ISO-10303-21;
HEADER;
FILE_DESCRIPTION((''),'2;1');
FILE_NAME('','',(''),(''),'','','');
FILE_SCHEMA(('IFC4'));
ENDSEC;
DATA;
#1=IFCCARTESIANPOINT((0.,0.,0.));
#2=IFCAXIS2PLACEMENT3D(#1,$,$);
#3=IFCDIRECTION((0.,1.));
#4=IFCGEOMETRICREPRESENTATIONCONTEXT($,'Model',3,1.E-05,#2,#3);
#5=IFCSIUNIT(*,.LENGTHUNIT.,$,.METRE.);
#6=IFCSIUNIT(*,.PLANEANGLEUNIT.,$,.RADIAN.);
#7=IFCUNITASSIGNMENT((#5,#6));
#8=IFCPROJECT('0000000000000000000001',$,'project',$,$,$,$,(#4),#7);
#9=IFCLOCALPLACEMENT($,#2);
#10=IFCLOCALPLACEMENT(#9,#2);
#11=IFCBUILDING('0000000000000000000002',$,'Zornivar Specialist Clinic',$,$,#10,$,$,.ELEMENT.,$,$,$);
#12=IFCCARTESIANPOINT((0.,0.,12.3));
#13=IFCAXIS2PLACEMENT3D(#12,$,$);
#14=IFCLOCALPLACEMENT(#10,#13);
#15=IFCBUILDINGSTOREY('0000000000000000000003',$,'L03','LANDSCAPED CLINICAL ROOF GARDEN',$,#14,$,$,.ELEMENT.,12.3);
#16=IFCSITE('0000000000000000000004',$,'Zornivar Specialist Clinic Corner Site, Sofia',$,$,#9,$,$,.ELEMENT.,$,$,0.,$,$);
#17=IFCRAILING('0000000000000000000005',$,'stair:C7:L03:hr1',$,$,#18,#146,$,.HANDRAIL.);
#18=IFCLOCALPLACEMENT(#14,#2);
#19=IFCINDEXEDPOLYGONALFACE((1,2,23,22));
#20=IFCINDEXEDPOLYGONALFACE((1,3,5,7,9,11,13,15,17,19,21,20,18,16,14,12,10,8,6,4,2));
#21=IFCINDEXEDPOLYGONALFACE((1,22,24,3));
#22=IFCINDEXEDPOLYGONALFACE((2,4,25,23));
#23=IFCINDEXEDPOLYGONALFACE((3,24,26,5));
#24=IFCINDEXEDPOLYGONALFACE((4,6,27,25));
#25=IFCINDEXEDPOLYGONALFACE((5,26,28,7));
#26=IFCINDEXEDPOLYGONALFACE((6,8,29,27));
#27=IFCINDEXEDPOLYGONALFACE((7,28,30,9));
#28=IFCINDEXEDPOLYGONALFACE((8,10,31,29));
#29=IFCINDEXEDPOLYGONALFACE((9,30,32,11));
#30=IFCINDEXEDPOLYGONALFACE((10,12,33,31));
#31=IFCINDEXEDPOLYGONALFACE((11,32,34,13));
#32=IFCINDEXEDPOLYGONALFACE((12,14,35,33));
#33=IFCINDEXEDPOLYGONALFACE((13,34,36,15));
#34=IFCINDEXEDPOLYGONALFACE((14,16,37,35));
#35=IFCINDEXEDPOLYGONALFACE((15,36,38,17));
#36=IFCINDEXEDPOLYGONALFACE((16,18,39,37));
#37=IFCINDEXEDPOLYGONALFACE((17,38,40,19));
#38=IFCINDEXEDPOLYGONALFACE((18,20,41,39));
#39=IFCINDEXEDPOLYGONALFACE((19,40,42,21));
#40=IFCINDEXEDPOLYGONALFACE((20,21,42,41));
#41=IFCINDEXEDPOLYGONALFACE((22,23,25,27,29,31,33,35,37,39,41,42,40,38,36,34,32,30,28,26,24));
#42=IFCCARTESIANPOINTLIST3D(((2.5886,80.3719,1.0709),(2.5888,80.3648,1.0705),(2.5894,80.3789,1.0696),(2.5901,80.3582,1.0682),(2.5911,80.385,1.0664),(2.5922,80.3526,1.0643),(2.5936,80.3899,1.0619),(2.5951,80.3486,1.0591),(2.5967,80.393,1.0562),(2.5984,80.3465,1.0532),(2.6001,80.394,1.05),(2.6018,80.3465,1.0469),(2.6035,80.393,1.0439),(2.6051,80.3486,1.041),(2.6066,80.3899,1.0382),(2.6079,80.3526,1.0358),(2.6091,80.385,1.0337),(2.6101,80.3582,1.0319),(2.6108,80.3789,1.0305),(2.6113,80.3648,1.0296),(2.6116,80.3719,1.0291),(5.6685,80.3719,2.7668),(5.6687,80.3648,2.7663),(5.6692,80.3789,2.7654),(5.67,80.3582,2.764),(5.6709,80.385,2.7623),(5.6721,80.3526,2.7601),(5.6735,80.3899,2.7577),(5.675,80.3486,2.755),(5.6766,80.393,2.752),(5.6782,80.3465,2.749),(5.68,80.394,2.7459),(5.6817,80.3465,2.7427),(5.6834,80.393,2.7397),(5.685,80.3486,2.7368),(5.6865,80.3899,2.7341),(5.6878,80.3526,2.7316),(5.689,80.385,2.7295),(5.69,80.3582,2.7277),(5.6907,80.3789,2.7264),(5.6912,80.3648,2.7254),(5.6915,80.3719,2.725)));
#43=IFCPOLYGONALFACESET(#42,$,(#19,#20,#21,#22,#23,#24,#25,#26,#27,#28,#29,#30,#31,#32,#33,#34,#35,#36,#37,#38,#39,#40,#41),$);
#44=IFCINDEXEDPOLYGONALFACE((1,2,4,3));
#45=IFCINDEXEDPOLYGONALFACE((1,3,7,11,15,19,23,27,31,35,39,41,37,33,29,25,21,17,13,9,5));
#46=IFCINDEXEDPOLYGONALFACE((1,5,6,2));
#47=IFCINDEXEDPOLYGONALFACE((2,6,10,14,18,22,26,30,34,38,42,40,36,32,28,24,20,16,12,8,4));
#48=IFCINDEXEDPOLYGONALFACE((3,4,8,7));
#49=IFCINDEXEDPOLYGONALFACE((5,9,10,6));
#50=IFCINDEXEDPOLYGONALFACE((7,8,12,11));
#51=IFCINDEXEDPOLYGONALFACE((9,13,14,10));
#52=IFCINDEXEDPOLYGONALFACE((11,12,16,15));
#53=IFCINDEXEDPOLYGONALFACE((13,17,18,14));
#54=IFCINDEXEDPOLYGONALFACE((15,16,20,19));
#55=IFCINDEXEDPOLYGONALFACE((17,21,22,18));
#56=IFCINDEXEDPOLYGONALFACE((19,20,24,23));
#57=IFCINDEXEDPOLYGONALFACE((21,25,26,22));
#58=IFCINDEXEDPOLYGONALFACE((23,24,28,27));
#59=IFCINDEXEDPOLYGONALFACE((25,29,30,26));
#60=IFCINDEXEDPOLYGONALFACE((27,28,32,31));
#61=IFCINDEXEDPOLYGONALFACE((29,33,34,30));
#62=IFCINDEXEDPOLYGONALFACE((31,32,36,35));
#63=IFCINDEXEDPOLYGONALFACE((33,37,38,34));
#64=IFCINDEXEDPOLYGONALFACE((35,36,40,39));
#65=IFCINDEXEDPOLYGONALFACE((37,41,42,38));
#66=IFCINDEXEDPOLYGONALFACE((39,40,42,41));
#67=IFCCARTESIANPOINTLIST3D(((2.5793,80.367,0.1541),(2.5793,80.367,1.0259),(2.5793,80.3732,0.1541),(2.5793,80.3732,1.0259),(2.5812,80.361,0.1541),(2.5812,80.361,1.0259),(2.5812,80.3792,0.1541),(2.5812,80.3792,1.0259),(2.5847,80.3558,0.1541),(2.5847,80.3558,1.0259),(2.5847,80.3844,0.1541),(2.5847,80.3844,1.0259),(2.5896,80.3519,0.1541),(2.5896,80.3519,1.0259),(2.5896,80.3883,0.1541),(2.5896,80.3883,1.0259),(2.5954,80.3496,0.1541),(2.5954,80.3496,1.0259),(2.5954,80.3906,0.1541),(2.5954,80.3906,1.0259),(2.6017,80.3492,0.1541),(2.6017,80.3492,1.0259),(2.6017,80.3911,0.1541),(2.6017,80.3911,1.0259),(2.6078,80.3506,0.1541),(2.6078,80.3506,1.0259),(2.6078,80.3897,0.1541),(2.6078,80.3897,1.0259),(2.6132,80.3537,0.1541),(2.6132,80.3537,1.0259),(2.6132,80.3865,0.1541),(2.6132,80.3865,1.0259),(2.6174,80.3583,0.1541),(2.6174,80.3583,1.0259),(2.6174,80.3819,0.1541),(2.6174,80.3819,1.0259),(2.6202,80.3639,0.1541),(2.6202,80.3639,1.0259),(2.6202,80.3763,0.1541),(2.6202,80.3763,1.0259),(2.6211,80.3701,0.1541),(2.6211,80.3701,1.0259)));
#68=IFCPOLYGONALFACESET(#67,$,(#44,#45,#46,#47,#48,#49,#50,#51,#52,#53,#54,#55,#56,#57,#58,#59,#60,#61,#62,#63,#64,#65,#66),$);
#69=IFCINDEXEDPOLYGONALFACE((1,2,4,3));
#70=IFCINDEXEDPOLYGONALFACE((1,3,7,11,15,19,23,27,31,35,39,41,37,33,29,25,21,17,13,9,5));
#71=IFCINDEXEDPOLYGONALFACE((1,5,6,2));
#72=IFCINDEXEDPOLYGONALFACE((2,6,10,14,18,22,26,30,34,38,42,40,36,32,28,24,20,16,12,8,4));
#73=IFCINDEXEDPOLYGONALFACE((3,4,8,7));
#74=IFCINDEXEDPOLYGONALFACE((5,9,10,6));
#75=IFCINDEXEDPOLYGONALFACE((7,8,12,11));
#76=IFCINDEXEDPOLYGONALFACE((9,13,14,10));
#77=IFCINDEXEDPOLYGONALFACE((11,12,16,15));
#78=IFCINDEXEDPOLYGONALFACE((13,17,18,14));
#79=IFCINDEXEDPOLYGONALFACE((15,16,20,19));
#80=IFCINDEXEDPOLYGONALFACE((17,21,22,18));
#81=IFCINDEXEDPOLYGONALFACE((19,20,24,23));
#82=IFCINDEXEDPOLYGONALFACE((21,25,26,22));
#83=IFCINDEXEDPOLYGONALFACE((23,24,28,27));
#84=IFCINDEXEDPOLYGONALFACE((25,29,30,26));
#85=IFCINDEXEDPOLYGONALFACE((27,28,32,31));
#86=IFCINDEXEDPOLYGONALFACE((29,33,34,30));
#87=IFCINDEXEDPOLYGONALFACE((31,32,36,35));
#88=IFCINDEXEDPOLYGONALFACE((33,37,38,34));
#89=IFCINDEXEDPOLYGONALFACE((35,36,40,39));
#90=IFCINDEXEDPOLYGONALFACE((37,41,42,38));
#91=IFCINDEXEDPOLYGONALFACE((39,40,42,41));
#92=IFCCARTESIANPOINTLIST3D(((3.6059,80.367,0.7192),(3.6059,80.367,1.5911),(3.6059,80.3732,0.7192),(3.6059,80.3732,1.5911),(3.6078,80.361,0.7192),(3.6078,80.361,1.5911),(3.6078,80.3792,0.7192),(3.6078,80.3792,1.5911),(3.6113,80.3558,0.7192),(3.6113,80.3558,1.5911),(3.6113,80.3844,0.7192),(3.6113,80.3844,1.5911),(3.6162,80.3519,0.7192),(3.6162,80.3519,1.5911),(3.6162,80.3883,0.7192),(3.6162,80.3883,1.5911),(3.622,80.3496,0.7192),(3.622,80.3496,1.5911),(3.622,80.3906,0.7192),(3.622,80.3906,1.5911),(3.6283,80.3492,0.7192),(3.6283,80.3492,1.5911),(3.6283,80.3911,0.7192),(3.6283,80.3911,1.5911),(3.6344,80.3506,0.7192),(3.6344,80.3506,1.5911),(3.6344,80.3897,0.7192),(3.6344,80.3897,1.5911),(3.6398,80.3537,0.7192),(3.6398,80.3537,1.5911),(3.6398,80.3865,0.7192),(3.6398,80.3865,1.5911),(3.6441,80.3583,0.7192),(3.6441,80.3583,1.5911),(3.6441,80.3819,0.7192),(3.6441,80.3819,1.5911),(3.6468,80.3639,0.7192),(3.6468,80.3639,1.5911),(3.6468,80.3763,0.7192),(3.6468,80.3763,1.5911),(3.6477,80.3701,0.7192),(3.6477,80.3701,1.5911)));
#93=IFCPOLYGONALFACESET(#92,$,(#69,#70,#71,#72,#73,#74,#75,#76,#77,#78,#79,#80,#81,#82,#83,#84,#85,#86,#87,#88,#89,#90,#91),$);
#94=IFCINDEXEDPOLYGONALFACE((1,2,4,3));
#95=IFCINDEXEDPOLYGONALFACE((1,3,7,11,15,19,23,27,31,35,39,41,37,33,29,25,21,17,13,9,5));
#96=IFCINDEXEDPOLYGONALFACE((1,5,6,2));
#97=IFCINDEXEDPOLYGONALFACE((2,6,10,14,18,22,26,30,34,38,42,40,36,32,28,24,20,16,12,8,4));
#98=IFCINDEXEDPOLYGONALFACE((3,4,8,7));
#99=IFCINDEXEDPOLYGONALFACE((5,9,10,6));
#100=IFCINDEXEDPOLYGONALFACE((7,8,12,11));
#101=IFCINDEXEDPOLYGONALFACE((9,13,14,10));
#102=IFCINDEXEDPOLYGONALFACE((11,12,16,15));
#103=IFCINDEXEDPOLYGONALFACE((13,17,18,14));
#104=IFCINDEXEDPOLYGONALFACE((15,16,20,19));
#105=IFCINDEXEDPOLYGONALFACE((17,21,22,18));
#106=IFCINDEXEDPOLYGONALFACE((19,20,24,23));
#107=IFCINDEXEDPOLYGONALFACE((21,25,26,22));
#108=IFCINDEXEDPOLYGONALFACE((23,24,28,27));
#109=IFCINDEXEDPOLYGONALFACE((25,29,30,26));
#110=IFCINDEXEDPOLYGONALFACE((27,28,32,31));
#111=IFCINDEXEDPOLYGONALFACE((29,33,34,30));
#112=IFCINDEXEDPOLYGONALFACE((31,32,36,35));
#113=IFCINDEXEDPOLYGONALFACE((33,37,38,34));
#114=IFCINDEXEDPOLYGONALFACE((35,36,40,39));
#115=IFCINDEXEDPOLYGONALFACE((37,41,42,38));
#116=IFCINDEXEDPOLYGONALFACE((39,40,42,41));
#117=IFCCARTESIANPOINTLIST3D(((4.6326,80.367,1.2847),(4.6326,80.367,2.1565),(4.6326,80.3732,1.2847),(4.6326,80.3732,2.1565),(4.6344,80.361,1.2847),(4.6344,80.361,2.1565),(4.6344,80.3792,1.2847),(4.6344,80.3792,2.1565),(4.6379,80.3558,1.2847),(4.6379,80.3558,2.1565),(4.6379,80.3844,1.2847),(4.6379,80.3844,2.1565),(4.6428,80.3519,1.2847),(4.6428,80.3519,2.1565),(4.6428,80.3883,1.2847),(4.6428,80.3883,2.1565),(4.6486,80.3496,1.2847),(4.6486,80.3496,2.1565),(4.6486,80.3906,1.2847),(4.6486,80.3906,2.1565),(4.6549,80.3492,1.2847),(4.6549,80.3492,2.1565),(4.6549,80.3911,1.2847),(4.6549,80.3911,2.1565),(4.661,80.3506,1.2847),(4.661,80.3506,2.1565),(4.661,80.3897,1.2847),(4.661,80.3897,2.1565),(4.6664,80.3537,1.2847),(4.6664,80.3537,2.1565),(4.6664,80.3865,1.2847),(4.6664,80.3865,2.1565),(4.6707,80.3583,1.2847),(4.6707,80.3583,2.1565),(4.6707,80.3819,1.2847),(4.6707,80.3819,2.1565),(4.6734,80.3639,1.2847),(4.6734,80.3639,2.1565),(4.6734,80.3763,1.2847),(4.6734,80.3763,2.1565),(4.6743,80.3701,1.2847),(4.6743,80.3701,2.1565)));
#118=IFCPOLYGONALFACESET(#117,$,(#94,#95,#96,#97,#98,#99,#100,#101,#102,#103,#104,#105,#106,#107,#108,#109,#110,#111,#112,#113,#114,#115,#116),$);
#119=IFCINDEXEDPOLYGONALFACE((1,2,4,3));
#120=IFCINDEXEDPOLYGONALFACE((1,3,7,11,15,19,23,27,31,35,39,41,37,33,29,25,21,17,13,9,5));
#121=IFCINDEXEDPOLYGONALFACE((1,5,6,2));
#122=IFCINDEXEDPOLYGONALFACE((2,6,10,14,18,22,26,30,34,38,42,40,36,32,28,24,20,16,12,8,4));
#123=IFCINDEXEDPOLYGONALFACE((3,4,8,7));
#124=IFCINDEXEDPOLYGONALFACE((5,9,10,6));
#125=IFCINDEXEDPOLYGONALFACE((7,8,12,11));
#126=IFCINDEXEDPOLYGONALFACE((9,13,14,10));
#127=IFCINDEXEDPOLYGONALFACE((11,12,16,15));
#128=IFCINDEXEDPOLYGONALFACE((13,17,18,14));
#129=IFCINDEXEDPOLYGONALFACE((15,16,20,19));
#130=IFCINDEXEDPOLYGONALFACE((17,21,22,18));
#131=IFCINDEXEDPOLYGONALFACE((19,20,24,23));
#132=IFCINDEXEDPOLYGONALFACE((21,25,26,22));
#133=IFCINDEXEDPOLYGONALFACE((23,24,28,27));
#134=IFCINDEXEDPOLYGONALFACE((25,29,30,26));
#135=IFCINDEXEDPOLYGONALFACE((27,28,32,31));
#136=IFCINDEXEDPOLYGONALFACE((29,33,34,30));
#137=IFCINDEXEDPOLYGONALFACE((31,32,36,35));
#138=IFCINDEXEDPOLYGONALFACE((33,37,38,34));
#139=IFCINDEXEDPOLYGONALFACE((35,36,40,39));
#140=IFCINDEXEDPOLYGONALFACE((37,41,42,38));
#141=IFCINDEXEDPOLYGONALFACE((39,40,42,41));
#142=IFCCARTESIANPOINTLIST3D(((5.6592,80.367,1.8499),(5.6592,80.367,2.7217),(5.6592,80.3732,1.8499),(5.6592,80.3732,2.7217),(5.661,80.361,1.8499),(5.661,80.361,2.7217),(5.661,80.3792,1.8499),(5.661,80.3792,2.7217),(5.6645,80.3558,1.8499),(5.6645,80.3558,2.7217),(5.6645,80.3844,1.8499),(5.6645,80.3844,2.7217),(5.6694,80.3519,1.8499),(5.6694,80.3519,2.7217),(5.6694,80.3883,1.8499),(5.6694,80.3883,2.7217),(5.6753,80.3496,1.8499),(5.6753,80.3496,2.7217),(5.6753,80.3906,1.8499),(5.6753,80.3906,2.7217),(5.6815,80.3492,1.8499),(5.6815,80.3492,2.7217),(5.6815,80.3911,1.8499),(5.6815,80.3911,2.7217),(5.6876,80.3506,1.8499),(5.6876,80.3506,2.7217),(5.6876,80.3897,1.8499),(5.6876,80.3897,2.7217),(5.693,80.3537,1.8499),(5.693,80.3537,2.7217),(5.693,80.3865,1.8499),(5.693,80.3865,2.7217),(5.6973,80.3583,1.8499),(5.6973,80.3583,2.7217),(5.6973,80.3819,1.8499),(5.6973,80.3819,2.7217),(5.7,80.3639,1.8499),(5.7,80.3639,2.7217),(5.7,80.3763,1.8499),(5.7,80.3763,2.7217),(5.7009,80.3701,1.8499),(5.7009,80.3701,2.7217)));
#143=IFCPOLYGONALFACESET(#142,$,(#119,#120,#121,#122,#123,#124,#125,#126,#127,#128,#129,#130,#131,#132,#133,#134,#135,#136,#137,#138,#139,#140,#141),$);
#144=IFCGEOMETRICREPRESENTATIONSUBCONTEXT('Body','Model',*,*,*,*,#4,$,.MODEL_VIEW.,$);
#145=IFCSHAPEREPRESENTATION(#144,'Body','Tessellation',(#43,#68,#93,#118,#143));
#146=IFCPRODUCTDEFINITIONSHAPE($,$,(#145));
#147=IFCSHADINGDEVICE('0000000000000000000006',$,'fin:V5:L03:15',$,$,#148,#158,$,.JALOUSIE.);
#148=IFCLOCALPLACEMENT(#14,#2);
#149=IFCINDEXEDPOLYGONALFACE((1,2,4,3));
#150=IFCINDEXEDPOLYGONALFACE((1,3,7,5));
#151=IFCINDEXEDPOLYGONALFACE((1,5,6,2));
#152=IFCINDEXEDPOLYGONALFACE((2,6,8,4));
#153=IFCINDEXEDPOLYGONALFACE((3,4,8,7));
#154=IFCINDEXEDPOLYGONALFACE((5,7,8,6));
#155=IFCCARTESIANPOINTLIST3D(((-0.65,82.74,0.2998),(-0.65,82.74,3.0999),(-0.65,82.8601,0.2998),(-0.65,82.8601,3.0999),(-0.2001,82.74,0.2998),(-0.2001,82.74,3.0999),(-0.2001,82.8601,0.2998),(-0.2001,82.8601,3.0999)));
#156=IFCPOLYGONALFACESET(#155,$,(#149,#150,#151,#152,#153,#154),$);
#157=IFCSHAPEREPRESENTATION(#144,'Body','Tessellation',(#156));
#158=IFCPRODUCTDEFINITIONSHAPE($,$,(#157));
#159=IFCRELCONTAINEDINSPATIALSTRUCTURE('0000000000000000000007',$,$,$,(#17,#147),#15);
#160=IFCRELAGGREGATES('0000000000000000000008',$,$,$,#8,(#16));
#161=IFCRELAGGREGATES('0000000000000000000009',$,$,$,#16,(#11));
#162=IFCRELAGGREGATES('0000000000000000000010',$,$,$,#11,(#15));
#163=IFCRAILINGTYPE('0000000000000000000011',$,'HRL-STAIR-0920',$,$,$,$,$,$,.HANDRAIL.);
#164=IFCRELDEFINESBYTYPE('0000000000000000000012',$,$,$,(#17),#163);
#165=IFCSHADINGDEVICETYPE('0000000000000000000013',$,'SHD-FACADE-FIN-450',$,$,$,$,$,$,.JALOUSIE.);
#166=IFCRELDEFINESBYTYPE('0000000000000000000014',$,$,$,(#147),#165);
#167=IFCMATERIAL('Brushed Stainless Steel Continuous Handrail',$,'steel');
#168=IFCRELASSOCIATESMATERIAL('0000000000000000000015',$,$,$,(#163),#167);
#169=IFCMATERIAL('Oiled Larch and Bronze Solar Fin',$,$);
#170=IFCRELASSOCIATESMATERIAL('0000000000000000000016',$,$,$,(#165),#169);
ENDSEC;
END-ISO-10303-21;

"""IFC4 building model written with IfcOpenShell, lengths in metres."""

from ifc_helpers import new_model, si_unit, direction, frame, origin, origin_2d, place, context, subcontext, project, spatial, rectangle, circle, extrude, material, type_object, element, save


model = new_model("IFC4")

# Units and contexts
model_context = context("Model", 3, precision=1e-05, world=origin(), true_north=direction((0.0, 1.0)))
body_context = subcontext(model_context, "Body", "Model", "MODEL_VIEW")
ifc_project = project(units=[si_unit("LENGTHUNIT", "METRE"), si_unit("PLANEANGLEUNIT", "RADIAN")], contexts=[model_context])

# Site, building, storey
site_placement = place(None, origin())
site = spatial("IfcSite", under=ifc_project, at=site_placement, Name="Zornivar Specialist Clinic Corner Site, Sofia", CompositionType="ELEMENT", RefElevation=0.0)
building_placement = place(site_placement, origin())
building = spatial("IfcBuilding", under=site, at=building_placement, Name="Zornivar Specialist Clinic", CompositionType="ELEMENT")
storey_placement = place(building_placement, frame((0.0, 0.0, 12.3)))
storey = spatial("IfcBuildingStorey", under=building, at=storey_placement, Name="L03", Description="LANDSCAPED CLINICAL ROOF GARDEN", CompositionType="ELEMENT", Elevation=12.3)

# Railing
ifc_material_1 = material(Name="Brushed Stainless Steel Continuous Handrail", Category="steel")
railing_type_1 = type_object("IfcRailingType", Name="HRL-STAIR-0920", PredefinedType="HANDRAIL", material=ifc_material_1)
railing_1_placement = place(storey_placement, frame((2.6001, 80.3701, 0.1541)))
element("IfcRailing", 1, at=railing_1_placement, inside=storey, type_object=railing_type_1, Name="stair:C7:L03:hr1", PredefinedType="HANDRAIL", context=body_context, shape_type="SweptSolid", body=[
    extrude(circle(Radius=0.0239, at=origin_2d()), frame((0.0, 0.0, 0.896), z_axis=(0.875989, 0.0, 0.482332), x_axis=(0.0, 1.0, 0.0)), (0.0, 0.0, 1.0), 3.5159),
    extrude(circle(Radius=0.021, at=origin_2d()), origin(), (0.0, 0.0, 1.0), 0.8718),
    extrude(circle(Radius=0.021, at=origin_2d()), frame((1.0266, 0.0, 0.5652)), (0.0, 0.0, 1.0), 0.8718),
    extrude(circle(Radius=0.021, at=origin_2d()), frame((2.0532, 0.0, 1.1306)), (0.0, 0.0, 1.0), 0.8718),
    extrude(circle(Radius=0.021, at=origin_2d()), frame((3.0798, 0.0, 1.6958)), (0.0, 0.0, 1.0), 0.8718),
])

# Shading device
ifc_material_2 = material(Name="Oiled Larch and Bronze Solar Fin")
shading_device_type = type_object("IfcShadingDeviceType", Name="SHD-FACADE-FIN-450", PredefinedType="JALOUSIE", material=ifc_material_2)
shading_device_placement = place(storey_placement, frame((-0.425, 82.8, 0.2998), z_axis=(0.0, 0.0, 1.0), x_axis=(0.0, -1.0, 0.0)))
element("IfcShadingDevice", 2, at=shading_device_placement, inside=storey, type_object=shading_device_type, Name="fin:V5:L03:15", PredefinedType="JALOUSIE", context=body_context, shape_type="SweptSolid", body=[
    extrude(rectangle(XDim=0.1201, YDim=0.45, at=origin_2d()), origin(), (0.0, 0.0, 1.0), 2.8),
])

save(model, "model.ifc")
